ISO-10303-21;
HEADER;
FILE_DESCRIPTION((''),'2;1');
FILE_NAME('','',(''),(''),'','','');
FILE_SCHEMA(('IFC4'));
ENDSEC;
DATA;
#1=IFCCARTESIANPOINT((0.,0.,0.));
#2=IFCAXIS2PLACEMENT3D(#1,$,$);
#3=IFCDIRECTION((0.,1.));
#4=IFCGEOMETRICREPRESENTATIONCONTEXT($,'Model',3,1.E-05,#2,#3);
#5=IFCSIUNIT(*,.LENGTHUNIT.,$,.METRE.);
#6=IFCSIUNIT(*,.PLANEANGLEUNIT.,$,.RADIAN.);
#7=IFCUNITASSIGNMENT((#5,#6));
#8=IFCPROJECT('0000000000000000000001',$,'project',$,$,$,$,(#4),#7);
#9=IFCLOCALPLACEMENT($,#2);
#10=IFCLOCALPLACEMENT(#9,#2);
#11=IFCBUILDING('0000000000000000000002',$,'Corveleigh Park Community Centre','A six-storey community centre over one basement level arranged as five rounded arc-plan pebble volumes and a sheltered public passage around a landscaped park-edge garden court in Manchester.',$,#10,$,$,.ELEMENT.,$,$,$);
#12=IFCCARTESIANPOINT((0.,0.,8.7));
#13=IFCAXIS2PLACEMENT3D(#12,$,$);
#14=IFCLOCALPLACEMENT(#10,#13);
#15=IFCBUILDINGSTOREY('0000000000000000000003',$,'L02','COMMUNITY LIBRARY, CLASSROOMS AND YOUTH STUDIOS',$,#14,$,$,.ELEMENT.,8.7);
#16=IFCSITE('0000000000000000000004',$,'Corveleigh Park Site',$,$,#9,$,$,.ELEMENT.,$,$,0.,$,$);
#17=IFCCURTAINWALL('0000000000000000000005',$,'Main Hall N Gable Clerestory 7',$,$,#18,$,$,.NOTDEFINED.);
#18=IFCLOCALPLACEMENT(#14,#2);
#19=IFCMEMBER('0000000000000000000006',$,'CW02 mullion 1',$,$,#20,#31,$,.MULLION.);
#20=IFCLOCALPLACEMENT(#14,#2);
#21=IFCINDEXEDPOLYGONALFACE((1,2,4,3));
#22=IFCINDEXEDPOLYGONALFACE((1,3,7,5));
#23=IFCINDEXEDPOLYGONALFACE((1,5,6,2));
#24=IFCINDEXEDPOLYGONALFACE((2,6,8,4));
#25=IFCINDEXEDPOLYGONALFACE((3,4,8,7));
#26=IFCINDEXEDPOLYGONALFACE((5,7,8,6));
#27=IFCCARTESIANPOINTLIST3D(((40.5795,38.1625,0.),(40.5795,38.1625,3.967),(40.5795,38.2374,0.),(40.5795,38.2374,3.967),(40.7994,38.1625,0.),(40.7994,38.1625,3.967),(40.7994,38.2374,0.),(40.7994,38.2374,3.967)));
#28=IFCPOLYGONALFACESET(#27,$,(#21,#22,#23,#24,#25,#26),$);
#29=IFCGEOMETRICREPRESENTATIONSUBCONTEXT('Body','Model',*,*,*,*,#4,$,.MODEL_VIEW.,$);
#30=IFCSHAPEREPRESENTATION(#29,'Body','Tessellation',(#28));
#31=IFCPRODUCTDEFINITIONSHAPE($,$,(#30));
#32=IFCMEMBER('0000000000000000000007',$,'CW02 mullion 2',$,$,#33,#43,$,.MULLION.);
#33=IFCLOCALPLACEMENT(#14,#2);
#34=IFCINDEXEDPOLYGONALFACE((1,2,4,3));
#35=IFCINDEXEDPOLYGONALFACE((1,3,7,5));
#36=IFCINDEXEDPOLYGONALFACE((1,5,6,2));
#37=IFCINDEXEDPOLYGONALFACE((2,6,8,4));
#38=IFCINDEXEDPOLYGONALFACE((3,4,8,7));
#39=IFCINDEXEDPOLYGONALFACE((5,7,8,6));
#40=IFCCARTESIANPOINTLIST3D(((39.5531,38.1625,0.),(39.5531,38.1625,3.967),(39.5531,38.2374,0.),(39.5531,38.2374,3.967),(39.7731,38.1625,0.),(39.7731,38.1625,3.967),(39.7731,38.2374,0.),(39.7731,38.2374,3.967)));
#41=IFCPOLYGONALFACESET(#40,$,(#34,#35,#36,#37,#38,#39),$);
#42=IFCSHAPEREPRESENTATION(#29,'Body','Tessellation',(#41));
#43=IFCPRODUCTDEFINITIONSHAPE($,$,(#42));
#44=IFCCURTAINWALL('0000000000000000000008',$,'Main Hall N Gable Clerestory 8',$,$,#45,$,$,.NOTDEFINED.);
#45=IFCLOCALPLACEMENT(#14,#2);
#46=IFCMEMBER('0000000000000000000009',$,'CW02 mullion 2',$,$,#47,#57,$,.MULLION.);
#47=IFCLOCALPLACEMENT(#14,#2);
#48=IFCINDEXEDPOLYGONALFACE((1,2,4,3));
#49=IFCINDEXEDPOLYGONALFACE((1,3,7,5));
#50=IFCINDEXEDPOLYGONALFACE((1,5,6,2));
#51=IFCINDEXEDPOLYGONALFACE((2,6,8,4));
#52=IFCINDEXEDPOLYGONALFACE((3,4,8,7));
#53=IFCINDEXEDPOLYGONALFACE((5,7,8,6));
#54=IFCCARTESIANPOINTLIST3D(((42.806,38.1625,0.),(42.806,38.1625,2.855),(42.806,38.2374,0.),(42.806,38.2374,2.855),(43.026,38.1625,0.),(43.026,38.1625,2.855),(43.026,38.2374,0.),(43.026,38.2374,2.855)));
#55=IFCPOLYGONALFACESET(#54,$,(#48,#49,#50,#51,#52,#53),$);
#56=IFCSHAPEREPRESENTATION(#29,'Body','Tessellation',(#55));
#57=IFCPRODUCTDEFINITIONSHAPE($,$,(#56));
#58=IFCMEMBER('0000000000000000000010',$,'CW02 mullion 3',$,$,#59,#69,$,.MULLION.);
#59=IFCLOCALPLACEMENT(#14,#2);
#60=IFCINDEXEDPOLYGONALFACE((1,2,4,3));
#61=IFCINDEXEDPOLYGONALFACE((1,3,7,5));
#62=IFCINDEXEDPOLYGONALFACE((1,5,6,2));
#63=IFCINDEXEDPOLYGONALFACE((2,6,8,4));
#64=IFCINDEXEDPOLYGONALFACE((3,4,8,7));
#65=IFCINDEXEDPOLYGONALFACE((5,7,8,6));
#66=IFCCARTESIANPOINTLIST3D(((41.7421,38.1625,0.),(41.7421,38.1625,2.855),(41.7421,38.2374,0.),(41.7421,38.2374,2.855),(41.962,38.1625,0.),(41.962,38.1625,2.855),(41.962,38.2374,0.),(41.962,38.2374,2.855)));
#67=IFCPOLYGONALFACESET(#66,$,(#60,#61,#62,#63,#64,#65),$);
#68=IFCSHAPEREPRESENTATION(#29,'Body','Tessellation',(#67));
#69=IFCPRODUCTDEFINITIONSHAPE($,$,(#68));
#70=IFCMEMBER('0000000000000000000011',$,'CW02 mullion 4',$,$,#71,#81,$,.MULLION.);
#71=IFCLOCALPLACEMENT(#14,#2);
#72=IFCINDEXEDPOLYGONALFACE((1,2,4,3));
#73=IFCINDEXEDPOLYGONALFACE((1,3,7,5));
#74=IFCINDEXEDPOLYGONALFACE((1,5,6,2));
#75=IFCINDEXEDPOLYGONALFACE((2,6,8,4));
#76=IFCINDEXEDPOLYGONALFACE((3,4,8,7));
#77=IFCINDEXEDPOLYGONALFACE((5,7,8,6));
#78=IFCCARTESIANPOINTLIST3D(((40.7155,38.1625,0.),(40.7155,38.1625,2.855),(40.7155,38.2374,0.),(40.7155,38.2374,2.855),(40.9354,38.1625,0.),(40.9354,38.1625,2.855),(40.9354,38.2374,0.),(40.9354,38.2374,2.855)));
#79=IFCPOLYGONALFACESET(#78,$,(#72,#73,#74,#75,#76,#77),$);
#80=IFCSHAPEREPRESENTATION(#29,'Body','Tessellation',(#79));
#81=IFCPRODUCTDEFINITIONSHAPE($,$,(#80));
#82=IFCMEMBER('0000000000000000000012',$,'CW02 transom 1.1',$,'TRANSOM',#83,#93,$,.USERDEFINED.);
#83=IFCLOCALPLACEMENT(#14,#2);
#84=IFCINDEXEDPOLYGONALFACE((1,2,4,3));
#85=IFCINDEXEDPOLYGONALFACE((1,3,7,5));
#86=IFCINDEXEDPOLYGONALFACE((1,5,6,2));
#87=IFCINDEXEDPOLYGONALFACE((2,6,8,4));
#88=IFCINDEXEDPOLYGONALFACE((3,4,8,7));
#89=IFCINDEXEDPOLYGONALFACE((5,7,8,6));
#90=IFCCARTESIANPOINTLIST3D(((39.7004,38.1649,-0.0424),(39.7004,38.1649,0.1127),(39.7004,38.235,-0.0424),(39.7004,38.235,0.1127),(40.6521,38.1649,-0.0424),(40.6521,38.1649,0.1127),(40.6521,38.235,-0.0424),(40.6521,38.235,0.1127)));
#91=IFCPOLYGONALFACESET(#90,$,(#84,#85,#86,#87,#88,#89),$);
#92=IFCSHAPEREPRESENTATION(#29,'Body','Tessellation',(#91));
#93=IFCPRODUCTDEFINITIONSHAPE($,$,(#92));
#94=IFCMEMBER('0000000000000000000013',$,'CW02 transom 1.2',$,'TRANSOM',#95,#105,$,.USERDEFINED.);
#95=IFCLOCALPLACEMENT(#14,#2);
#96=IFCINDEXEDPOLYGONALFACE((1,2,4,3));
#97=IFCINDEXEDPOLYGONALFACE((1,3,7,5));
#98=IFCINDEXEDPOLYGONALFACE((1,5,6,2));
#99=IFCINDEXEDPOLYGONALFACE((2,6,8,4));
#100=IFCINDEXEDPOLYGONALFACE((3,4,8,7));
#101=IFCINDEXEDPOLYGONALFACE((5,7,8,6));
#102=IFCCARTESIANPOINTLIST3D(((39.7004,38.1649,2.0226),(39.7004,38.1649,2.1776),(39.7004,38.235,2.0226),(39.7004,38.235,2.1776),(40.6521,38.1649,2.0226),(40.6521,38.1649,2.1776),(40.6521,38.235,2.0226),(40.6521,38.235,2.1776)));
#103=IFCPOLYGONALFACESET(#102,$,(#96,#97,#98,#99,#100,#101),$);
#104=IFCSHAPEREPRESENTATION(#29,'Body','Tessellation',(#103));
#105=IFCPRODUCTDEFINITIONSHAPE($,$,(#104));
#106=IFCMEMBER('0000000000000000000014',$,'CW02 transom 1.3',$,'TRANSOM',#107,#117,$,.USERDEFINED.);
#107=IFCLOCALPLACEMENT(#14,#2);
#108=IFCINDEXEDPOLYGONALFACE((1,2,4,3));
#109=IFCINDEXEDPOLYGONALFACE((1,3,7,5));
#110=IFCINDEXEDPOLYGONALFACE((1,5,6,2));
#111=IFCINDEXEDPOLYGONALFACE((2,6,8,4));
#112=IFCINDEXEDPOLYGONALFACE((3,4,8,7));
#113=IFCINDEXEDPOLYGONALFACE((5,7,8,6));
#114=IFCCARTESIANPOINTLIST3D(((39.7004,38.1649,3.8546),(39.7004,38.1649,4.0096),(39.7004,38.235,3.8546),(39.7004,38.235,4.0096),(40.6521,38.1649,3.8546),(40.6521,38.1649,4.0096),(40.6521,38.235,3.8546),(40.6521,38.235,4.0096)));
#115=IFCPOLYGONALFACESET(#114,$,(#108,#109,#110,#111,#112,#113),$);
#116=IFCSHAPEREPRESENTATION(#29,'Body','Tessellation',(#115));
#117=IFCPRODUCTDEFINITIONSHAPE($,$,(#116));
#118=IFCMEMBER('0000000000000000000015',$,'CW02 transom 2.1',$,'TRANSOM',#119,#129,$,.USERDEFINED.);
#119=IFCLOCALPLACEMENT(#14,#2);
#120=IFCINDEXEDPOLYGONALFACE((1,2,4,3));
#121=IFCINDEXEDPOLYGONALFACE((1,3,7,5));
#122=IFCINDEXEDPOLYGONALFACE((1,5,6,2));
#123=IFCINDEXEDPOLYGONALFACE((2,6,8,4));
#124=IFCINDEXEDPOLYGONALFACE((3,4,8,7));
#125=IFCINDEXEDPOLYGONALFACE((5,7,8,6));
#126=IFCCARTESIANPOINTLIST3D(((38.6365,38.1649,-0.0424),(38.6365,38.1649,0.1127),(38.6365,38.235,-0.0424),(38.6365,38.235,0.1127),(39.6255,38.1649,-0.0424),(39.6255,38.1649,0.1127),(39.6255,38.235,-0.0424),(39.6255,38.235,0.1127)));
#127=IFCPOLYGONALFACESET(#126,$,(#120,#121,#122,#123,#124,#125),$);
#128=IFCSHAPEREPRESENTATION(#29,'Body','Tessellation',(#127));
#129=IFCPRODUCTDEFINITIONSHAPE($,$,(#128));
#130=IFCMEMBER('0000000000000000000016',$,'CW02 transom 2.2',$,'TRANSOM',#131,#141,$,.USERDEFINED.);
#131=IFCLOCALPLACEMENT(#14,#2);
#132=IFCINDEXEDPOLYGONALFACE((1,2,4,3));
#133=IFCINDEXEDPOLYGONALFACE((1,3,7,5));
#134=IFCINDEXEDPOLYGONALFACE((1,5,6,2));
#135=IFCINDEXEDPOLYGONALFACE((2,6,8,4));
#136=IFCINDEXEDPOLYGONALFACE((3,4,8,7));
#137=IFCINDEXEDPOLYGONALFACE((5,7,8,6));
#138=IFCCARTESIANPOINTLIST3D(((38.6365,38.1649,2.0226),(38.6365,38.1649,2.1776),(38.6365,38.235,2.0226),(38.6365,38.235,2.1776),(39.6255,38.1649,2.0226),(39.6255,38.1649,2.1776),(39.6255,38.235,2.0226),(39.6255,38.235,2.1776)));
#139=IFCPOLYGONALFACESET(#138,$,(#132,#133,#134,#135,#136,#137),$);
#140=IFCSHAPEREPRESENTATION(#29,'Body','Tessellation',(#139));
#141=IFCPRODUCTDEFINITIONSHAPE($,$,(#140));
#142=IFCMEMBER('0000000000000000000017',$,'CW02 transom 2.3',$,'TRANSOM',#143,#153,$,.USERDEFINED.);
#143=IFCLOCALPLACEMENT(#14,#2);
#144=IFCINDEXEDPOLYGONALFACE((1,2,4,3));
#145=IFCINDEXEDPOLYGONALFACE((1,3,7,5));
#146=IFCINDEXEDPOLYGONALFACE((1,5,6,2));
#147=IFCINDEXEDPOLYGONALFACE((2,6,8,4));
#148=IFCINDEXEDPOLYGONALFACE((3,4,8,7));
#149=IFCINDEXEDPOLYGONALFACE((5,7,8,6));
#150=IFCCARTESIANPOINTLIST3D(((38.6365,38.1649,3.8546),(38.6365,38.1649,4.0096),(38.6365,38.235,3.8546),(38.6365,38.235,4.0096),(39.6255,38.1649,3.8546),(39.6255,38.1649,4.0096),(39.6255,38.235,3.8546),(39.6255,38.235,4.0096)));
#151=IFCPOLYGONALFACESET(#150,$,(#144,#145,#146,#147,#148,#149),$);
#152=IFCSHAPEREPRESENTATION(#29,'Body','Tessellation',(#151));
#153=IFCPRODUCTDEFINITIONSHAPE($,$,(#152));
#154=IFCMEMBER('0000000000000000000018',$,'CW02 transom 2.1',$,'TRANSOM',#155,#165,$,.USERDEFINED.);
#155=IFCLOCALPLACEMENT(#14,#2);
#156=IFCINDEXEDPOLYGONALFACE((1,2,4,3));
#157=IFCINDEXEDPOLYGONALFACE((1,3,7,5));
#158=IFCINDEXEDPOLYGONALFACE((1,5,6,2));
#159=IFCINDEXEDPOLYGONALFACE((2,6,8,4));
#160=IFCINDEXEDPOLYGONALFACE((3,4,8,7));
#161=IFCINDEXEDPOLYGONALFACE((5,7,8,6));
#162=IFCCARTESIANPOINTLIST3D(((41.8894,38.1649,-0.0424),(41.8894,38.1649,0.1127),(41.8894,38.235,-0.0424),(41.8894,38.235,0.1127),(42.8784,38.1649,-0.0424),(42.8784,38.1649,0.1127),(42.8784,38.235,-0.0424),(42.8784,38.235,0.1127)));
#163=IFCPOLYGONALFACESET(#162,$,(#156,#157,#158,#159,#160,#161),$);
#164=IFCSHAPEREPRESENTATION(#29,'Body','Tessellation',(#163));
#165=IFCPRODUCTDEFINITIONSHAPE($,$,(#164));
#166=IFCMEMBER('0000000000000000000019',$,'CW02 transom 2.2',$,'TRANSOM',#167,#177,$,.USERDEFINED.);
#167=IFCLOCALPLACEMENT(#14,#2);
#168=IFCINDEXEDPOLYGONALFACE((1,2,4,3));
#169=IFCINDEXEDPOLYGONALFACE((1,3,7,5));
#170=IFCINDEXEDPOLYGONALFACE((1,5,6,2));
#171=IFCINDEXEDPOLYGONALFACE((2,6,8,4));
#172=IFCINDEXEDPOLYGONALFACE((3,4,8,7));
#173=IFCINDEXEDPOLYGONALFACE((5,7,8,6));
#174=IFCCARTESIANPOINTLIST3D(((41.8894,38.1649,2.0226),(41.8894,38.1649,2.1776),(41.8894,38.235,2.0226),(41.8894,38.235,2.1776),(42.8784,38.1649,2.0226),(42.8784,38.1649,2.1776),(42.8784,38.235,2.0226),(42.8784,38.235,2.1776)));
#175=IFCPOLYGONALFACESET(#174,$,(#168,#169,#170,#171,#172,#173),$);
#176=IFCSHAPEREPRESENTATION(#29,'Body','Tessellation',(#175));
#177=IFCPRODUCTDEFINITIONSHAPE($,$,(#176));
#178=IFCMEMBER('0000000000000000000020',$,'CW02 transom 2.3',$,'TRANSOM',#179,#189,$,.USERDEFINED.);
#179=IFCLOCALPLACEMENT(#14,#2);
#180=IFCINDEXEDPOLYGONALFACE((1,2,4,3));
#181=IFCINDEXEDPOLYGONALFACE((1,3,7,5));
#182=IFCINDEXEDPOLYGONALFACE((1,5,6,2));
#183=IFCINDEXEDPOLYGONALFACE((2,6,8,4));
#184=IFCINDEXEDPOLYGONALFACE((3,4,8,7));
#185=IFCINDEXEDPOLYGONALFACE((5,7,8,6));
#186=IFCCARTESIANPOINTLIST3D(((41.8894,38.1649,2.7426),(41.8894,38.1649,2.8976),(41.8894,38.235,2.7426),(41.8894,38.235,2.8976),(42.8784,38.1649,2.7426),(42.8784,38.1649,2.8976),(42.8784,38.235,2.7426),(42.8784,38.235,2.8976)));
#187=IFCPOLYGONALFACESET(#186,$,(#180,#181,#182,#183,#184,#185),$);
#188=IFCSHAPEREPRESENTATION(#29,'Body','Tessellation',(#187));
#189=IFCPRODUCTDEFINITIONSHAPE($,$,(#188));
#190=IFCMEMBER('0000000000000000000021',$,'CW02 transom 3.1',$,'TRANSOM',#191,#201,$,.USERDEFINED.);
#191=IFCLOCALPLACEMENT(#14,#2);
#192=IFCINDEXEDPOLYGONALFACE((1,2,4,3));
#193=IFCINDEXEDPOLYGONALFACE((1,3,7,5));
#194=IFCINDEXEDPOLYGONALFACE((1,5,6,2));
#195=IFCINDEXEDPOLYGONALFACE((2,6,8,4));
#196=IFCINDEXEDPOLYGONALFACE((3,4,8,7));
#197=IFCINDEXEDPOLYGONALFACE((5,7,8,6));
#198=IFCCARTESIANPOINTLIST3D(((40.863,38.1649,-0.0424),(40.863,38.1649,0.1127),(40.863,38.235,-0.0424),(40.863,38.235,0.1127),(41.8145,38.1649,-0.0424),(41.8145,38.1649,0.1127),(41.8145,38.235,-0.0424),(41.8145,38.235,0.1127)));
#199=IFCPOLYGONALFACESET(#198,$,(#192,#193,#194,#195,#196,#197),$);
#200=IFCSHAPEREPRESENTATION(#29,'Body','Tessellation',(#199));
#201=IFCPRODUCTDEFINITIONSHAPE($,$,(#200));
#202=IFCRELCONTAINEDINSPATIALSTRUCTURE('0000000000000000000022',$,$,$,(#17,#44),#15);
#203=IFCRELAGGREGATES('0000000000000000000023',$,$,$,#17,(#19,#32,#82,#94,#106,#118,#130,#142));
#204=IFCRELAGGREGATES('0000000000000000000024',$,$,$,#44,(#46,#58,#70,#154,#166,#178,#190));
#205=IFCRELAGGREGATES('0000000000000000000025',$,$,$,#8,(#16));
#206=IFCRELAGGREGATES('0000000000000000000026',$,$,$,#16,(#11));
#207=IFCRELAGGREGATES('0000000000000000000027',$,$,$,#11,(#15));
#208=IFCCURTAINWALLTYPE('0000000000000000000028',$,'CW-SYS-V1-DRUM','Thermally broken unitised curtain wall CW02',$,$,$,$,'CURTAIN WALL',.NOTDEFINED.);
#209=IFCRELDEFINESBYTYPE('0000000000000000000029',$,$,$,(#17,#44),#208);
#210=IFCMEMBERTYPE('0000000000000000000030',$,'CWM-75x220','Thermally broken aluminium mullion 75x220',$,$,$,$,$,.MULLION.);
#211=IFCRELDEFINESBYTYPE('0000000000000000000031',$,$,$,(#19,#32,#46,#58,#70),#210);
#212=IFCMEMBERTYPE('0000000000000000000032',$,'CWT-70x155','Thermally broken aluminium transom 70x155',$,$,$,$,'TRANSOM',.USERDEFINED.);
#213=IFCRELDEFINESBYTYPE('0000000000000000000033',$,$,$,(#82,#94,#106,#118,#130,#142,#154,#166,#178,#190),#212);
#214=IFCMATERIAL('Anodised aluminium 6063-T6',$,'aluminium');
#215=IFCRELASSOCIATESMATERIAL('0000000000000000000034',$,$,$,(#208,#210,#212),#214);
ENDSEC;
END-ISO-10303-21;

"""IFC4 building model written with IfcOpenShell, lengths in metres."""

from ifc_helpers import new_model, si_unit, direction, frame, origin, origin_2d, place, context, subcontext, project, spatial, rectangle, extrude, material, material_profile, profile_set, type_object, element, aggregate, save


model = new_model("IFC4")

# Units and contexts
model_context = context("Model", 3, precision=1e-05, world=origin(), true_north=direction((0.0, 1.0)))
body_context = subcontext(model_context, "Body", "Model", "MODEL_VIEW")
ifc_project = project(units=[si_unit("LENGTHUNIT", "METRE"), si_unit("PLANEANGLEUNIT", "RADIAN")], contexts=[model_context])

# Site, building, storey
site_placement = place(None, origin())
site = spatial("IfcSite", under=ifc_project, at=site_placement, Name="Corveleigh Park Site", CompositionType="ELEMENT", RefElevation=0.0)
building_placement = place(site_placement, origin())
building = spatial("IfcBuilding", under=site, at=building_placement, Name="Corveleigh Park Community Centre", Description="A six-storey community centre over one basement level arranged as five rounded arc-plan pebble volumes and a sheltered public passage around a landscaped park-edge garden court in Manchester.", CompositionType="ELEMENT")
storey_placement = place(building_placement, frame((0.0, 0.0, 8.7)))
storey = spatial("IfcBuildingStorey", under=building, at=storey_placement, Name="L02", Description="COMMUNITY LIBRARY, CLASSROOMS AND YOUTH STUDIOS", CompositionType="ELEMENT", Elevation=8.7)

# Curtain walls, members
ifc_material_1 = material(Name="Anodised aluminium 6063-T6", Category="aluminium")
curtain_wall_type = type_object("IfcCurtainWallType", Name="CW-SYS-V1-DRUM", Description="Thermally broken unitised curtain wall CW02", ElementType="CURTAIN WALL", PredefinedType="NOTDEFINED", material=ifc_material_1)
curtain_wall_1_placement = place(storey_placement, origin())
curtain_wall_1 = element("IfcCurtainWall", 1, at=curtain_wall_1_placement, inside=storey, type_object=curtain_wall_type, Name="Main Hall N Gable Clerestory 7", PredefinedType="NOTDEFINED")
ifc_material_profile_1 = material_profile(ifc_material_1, rectangle(XDim=0.075, YDim=0.22, at=origin_2d()), Name="ALU-M75x220", Category="aluminium")
ifc_profile_set_1 = profile_set([ifc_material_profile_1], Name="Anodised aluminium 6063-T6")
member_type_1 = type_object("IfcMemberType", Name="CWM-75x220", Description="Thermally broken aluminium mullion 75x220", PredefinedType="MULLION", material=ifc_profile_set_1)
member_1_placement = place(storey_placement, frame((40.6895, 38.2, 0.0), z_axis=(0.0, 0.0, 1.0), x_axis=(0.0, -1.0, 0.0)))
member_1 = element("IfcMember", 2, at=member_1_placement, type_object=member_type_1, Name="CW02 mullion 1", PredefinedType="MULLION", context=body_context, shape_type="SweptSolid", body=[
    extrude(rectangle(XDim=0.075, YDim=0.22, at=origin_2d()), origin(), (0.0, 0.0, 1.0), 3.967),
])
member_2_placement = place(storey_placement, frame((39.6631, 38.2, 0.0), z_axis=(0.0, 0.0, 1.0), x_axis=(0.0, -1.0, 0.0)))
member_2 = element("IfcMember", 3, at=member_2_placement, type_object=member_type_1, Name="CW02 mullion 2", PredefinedType="MULLION", context=body_context, shape_type="SweptSolid", body=[
    extrude(rectangle(XDim=0.075, YDim=0.22, at=origin_2d()), origin(), (0.0, 0.0, 1.0), 3.967),
])
curtain_wall_2_placement = place(storey_placement, origin())
curtain_wall_2 = element("IfcCurtainWall", 4, at=curtain_wall_2_placement, inside=storey, type_object=curtain_wall_type, Name="Main Hall N Gable Clerestory 8", PredefinedType="NOTDEFINED")
member_3_placement = place(storey_placement, frame((42.916, 38.2, 0.0), z_axis=(0.0, 0.0, 1.0), x_axis=(0.0, -1.0, 0.0)))
member_3 = element("IfcMember", 5, at=member_3_placement, type_object=member_type_1, Name="CW02 mullion 2", PredefinedType="MULLION", context=body_context, shape_type="SweptSolid", body=[
    extrude(rectangle(XDim=0.075, YDim=0.22, at=origin_2d()), origin(), (0.0, 0.0, 1.0), 2.855),
])
member_4_placement = place(storey_placement, frame((41.8521, 38.2, 0.0), z_axis=(0.0, 0.0, 1.0), x_axis=(0.0, -1.0, 0.0)))
member_4 = element("IfcMember", 6, at=member_4_placement, type_object=member_type_1, Name="CW02 mullion 3", PredefinedType="MULLION", context=body_context, shape_type="SweptSolid", body=[
    extrude(rectangle(XDim=0.075, YDim=0.22, at=origin_2d()), origin(), (0.0, 0.0, 1.0), 2.855),
])
member_5_placement = place(storey_placement, frame((40.8254, 38.2, 0.0), z_axis=(0.0, 0.0, 1.0), x_axis=(0.0, -1.0, 0.0)))
member_5 = element("IfcMember", 7, at=member_5_placement, type_object=member_type_1, Name="CW02 mullion 4", PredefinedType="MULLION", context=body_context, shape_type="SweptSolid", body=[
    extrude(rectangle(XDim=0.075, YDim=0.22, at=origin_2d()), origin(), (0.0, 0.0, 1.0), 2.855),
])

# Members
ifc_material_profile_2 = material_profile(ifc_material_1, rectangle(XDim=0.0701, YDim=0.155, at=origin_2d()), Name="ALU-T70x155", Category="aluminium")
ifc_profile_set_2 = profile_set([ifc_material_profile_2], Name="Anodised aluminium 6063-T6")
member_type_2 = type_object("IfcMemberType", Name="CWT-70x155", Description="Thermally broken aluminium transom 70x155", ElementType="TRANSOM", PredefinedType="USERDEFINED", material=ifc_profile_set_2)
member_6_placement = place(storey_placement, frame((40.6521, 38.2, 0.0352), z_axis=(-1.0, 0.0, 0.0), x_axis=(0.0, -1.0, 0.0)))
member_6 = element("IfcMember", 8, at=member_6_placement, type_object=member_type_2, Name="CW02 transom 1.1", ObjectType="TRANSOM", PredefinedType="USERDEFINED", context=body_context, shape_type="SweptSolid", body=[
    extrude(rectangle(XDim=0.0701, YDim=0.155, at=origin_2d()), origin(), (0.0, 0.0, 1.0), 0.9517),
])
member_7_placement = place(storey_placement, frame((40.6521, 38.2, 2.1001), z_axis=(-1.0, 0.0, 0.0), x_axis=(0.0, -1.0, 0.0)))
member_7 = element("IfcMember", 9, at=member_7_placement, type_object=member_type_2, Name="CW02 transom 1.2", ObjectType="TRANSOM", PredefinedType="USERDEFINED", context=body_context, shape_type="SweptSolid", body=[
    extrude(rectangle(XDim=0.0701, YDim=0.155, at=origin_2d()), origin(), (0.0, 0.0, 1.0), 0.9517),
])
member_8_placement = place(storey_placement, frame((40.6521, 38.2, 3.9321), z_axis=(-1.0, 0.0, 0.0), x_axis=(0.0, -1.0, 0.0)))
member_8 = element("IfcMember", 10, at=member_8_placement, type_object=member_type_2, Name="CW02 transom 1.3", ObjectType="TRANSOM", PredefinedType="USERDEFINED", context=body_context, shape_type="SweptSolid", body=[
    extrude(rectangle(XDim=0.0701, YDim=0.155, at=origin_2d()), origin(), (0.0, 0.0, 1.0), 0.9517),
])
member_9_placement = place(storey_placement, frame((39.6255, 38.2, 0.0352), z_axis=(-1.0, 0.0, 0.0), x_axis=(0.0, -1.0, 0.0)))
member_9 = element("IfcMember", 11, at=member_9_placement, type_object=member_type_2, Name="CW02 transom 2.1", ObjectType="TRANSOM", PredefinedType="USERDEFINED", context=body_context, shape_type="SweptSolid", body=[
    extrude(rectangle(XDim=0.0701, YDim=0.155, at=origin_2d()), origin(), (0.0, 0.0, 1.0), 0.989),
])
member_10_placement = place(storey_placement, frame((39.6255, 38.2, 2.1001), z_axis=(-1.0, 0.0, 0.0), x_axis=(0.0, -1.0, 0.0)))
member_10 = element("IfcMember", 12, at=member_10_placement, type_object=member_type_2, Name="CW02 transom 2.2", ObjectType="TRANSOM", PredefinedType="USERDEFINED", context=body_context, shape_type="SweptSolid", body=[
    extrude(rectangle(XDim=0.0701, YDim=0.155, at=origin_2d()), origin(), (0.0, 0.0, 1.0), 0.989),
])
member_11_placement = place(storey_placement, frame((39.6255, 38.2, 3.9321), z_axis=(-1.0, 0.0, 0.0), x_axis=(0.0, -1.0, 0.0)))
member_11 = element("IfcMember", 13, at=member_11_placement, type_object=member_type_2, Name="CW02 transom 2.3", ObjectType="TRANSOM", PredefinedType="USERDEFINED", context=body_context, shape_type="SweptSolid", body=[
    extrude(rectangle(XDim=0.0701, YDim=0.155, at=origin_2d()), origin(), (0.0, 0.0, 1.0), 0.989),
])
member_12_placement = place(storey_placement, frame((42.8784, 38.2, 0.0352), z_axis=(-1.0, 0.0, 0.0), x_axis=(0.0, -1.0, 0.0)))
member_12 = element("IfcMember", 14, at=member_12_placement, type_object=member_type_2, Name="CW02 transom 2.1", ObjectType="TRANSOM", PredefinedType="USERDEFINED", context=body_context, shape_type="SweptSolid", body=[
    extrude(rectangle(XDim=0.0701, YDim=0.155, at=origin_2d()), origin(), (0.0, 0.0, 1.0), 0.989),
])
member_13_placement = place(storey_placement, frame((42.8784, 38.2, 2.1001), z_axis=(-1.0, 0.0, 0.0), x_axis=(0.0, -1.0, 0.0)))
member_13 = element("IfcMember", 15, at=member_13_placement, type_object=member_type_2, Name="CW02 transom 2.2", ObjectType="TRANSOM", PredefinedType="USERDEFINED", context=body_context, shape_type="SweptSolid", body=[
    extrude(rectangle(XDim=0.0701, YDim=0.155, at=origin_2d()), origin(), (0.0, 0.0, 1.0), 0.989),
])
member_14_placement = place(storey_placement, frame((42.8784, 38.2, 2.8201), z_axis=(-1.0, 0.0, 0.0), x_axis=(0.0, -1.0, 0.0)))
member_14 = element("IfcMember", 16, at=member_14_placement, type_object=member_type_2, Name="CW02 transom 2.3", ObjectType="TRANSOM", PredefinedType="USERDEFINED", context=body_context, shape_type="SweptSolid", body=[
    extrude(rectangle(XDim=0.0701, YDim=0.155, at=origin_2d()), origin(), (0.0, 0.0, 1.0), 0.989),
])
member_15_placement = place(storey_placement, frame((41.8145, 38.2, 0.0352), z_axis=(-1.0, 0.0, 0.0), x_axis=(0.0, -1.0, 0.0)))
member_15 = element("IfcMember", 17, at=member_15_placement, type_object=member_type_2, Name="CW02 transom 3.1", ObjectType="TRANSOM", PredefinedType="USERDEFINED", context=body_context, shape_type="SweptSolid", body=[
    extrude(rectangle(XDim=0.0701, YDim=0.155, at=origin_2d()), origin(), (0.0, 0.0, 1.0), 0.9514),
])

aggregate(curtain_wall_1, [member_1, member_2, member_6, member_7, member_8, member_9, member_10, member_11])
aggregate(curtain_wall_2, [member_3, member_4, member_5, member_12, member_13, member_14, member_15])

save(model, "model.ifc")
